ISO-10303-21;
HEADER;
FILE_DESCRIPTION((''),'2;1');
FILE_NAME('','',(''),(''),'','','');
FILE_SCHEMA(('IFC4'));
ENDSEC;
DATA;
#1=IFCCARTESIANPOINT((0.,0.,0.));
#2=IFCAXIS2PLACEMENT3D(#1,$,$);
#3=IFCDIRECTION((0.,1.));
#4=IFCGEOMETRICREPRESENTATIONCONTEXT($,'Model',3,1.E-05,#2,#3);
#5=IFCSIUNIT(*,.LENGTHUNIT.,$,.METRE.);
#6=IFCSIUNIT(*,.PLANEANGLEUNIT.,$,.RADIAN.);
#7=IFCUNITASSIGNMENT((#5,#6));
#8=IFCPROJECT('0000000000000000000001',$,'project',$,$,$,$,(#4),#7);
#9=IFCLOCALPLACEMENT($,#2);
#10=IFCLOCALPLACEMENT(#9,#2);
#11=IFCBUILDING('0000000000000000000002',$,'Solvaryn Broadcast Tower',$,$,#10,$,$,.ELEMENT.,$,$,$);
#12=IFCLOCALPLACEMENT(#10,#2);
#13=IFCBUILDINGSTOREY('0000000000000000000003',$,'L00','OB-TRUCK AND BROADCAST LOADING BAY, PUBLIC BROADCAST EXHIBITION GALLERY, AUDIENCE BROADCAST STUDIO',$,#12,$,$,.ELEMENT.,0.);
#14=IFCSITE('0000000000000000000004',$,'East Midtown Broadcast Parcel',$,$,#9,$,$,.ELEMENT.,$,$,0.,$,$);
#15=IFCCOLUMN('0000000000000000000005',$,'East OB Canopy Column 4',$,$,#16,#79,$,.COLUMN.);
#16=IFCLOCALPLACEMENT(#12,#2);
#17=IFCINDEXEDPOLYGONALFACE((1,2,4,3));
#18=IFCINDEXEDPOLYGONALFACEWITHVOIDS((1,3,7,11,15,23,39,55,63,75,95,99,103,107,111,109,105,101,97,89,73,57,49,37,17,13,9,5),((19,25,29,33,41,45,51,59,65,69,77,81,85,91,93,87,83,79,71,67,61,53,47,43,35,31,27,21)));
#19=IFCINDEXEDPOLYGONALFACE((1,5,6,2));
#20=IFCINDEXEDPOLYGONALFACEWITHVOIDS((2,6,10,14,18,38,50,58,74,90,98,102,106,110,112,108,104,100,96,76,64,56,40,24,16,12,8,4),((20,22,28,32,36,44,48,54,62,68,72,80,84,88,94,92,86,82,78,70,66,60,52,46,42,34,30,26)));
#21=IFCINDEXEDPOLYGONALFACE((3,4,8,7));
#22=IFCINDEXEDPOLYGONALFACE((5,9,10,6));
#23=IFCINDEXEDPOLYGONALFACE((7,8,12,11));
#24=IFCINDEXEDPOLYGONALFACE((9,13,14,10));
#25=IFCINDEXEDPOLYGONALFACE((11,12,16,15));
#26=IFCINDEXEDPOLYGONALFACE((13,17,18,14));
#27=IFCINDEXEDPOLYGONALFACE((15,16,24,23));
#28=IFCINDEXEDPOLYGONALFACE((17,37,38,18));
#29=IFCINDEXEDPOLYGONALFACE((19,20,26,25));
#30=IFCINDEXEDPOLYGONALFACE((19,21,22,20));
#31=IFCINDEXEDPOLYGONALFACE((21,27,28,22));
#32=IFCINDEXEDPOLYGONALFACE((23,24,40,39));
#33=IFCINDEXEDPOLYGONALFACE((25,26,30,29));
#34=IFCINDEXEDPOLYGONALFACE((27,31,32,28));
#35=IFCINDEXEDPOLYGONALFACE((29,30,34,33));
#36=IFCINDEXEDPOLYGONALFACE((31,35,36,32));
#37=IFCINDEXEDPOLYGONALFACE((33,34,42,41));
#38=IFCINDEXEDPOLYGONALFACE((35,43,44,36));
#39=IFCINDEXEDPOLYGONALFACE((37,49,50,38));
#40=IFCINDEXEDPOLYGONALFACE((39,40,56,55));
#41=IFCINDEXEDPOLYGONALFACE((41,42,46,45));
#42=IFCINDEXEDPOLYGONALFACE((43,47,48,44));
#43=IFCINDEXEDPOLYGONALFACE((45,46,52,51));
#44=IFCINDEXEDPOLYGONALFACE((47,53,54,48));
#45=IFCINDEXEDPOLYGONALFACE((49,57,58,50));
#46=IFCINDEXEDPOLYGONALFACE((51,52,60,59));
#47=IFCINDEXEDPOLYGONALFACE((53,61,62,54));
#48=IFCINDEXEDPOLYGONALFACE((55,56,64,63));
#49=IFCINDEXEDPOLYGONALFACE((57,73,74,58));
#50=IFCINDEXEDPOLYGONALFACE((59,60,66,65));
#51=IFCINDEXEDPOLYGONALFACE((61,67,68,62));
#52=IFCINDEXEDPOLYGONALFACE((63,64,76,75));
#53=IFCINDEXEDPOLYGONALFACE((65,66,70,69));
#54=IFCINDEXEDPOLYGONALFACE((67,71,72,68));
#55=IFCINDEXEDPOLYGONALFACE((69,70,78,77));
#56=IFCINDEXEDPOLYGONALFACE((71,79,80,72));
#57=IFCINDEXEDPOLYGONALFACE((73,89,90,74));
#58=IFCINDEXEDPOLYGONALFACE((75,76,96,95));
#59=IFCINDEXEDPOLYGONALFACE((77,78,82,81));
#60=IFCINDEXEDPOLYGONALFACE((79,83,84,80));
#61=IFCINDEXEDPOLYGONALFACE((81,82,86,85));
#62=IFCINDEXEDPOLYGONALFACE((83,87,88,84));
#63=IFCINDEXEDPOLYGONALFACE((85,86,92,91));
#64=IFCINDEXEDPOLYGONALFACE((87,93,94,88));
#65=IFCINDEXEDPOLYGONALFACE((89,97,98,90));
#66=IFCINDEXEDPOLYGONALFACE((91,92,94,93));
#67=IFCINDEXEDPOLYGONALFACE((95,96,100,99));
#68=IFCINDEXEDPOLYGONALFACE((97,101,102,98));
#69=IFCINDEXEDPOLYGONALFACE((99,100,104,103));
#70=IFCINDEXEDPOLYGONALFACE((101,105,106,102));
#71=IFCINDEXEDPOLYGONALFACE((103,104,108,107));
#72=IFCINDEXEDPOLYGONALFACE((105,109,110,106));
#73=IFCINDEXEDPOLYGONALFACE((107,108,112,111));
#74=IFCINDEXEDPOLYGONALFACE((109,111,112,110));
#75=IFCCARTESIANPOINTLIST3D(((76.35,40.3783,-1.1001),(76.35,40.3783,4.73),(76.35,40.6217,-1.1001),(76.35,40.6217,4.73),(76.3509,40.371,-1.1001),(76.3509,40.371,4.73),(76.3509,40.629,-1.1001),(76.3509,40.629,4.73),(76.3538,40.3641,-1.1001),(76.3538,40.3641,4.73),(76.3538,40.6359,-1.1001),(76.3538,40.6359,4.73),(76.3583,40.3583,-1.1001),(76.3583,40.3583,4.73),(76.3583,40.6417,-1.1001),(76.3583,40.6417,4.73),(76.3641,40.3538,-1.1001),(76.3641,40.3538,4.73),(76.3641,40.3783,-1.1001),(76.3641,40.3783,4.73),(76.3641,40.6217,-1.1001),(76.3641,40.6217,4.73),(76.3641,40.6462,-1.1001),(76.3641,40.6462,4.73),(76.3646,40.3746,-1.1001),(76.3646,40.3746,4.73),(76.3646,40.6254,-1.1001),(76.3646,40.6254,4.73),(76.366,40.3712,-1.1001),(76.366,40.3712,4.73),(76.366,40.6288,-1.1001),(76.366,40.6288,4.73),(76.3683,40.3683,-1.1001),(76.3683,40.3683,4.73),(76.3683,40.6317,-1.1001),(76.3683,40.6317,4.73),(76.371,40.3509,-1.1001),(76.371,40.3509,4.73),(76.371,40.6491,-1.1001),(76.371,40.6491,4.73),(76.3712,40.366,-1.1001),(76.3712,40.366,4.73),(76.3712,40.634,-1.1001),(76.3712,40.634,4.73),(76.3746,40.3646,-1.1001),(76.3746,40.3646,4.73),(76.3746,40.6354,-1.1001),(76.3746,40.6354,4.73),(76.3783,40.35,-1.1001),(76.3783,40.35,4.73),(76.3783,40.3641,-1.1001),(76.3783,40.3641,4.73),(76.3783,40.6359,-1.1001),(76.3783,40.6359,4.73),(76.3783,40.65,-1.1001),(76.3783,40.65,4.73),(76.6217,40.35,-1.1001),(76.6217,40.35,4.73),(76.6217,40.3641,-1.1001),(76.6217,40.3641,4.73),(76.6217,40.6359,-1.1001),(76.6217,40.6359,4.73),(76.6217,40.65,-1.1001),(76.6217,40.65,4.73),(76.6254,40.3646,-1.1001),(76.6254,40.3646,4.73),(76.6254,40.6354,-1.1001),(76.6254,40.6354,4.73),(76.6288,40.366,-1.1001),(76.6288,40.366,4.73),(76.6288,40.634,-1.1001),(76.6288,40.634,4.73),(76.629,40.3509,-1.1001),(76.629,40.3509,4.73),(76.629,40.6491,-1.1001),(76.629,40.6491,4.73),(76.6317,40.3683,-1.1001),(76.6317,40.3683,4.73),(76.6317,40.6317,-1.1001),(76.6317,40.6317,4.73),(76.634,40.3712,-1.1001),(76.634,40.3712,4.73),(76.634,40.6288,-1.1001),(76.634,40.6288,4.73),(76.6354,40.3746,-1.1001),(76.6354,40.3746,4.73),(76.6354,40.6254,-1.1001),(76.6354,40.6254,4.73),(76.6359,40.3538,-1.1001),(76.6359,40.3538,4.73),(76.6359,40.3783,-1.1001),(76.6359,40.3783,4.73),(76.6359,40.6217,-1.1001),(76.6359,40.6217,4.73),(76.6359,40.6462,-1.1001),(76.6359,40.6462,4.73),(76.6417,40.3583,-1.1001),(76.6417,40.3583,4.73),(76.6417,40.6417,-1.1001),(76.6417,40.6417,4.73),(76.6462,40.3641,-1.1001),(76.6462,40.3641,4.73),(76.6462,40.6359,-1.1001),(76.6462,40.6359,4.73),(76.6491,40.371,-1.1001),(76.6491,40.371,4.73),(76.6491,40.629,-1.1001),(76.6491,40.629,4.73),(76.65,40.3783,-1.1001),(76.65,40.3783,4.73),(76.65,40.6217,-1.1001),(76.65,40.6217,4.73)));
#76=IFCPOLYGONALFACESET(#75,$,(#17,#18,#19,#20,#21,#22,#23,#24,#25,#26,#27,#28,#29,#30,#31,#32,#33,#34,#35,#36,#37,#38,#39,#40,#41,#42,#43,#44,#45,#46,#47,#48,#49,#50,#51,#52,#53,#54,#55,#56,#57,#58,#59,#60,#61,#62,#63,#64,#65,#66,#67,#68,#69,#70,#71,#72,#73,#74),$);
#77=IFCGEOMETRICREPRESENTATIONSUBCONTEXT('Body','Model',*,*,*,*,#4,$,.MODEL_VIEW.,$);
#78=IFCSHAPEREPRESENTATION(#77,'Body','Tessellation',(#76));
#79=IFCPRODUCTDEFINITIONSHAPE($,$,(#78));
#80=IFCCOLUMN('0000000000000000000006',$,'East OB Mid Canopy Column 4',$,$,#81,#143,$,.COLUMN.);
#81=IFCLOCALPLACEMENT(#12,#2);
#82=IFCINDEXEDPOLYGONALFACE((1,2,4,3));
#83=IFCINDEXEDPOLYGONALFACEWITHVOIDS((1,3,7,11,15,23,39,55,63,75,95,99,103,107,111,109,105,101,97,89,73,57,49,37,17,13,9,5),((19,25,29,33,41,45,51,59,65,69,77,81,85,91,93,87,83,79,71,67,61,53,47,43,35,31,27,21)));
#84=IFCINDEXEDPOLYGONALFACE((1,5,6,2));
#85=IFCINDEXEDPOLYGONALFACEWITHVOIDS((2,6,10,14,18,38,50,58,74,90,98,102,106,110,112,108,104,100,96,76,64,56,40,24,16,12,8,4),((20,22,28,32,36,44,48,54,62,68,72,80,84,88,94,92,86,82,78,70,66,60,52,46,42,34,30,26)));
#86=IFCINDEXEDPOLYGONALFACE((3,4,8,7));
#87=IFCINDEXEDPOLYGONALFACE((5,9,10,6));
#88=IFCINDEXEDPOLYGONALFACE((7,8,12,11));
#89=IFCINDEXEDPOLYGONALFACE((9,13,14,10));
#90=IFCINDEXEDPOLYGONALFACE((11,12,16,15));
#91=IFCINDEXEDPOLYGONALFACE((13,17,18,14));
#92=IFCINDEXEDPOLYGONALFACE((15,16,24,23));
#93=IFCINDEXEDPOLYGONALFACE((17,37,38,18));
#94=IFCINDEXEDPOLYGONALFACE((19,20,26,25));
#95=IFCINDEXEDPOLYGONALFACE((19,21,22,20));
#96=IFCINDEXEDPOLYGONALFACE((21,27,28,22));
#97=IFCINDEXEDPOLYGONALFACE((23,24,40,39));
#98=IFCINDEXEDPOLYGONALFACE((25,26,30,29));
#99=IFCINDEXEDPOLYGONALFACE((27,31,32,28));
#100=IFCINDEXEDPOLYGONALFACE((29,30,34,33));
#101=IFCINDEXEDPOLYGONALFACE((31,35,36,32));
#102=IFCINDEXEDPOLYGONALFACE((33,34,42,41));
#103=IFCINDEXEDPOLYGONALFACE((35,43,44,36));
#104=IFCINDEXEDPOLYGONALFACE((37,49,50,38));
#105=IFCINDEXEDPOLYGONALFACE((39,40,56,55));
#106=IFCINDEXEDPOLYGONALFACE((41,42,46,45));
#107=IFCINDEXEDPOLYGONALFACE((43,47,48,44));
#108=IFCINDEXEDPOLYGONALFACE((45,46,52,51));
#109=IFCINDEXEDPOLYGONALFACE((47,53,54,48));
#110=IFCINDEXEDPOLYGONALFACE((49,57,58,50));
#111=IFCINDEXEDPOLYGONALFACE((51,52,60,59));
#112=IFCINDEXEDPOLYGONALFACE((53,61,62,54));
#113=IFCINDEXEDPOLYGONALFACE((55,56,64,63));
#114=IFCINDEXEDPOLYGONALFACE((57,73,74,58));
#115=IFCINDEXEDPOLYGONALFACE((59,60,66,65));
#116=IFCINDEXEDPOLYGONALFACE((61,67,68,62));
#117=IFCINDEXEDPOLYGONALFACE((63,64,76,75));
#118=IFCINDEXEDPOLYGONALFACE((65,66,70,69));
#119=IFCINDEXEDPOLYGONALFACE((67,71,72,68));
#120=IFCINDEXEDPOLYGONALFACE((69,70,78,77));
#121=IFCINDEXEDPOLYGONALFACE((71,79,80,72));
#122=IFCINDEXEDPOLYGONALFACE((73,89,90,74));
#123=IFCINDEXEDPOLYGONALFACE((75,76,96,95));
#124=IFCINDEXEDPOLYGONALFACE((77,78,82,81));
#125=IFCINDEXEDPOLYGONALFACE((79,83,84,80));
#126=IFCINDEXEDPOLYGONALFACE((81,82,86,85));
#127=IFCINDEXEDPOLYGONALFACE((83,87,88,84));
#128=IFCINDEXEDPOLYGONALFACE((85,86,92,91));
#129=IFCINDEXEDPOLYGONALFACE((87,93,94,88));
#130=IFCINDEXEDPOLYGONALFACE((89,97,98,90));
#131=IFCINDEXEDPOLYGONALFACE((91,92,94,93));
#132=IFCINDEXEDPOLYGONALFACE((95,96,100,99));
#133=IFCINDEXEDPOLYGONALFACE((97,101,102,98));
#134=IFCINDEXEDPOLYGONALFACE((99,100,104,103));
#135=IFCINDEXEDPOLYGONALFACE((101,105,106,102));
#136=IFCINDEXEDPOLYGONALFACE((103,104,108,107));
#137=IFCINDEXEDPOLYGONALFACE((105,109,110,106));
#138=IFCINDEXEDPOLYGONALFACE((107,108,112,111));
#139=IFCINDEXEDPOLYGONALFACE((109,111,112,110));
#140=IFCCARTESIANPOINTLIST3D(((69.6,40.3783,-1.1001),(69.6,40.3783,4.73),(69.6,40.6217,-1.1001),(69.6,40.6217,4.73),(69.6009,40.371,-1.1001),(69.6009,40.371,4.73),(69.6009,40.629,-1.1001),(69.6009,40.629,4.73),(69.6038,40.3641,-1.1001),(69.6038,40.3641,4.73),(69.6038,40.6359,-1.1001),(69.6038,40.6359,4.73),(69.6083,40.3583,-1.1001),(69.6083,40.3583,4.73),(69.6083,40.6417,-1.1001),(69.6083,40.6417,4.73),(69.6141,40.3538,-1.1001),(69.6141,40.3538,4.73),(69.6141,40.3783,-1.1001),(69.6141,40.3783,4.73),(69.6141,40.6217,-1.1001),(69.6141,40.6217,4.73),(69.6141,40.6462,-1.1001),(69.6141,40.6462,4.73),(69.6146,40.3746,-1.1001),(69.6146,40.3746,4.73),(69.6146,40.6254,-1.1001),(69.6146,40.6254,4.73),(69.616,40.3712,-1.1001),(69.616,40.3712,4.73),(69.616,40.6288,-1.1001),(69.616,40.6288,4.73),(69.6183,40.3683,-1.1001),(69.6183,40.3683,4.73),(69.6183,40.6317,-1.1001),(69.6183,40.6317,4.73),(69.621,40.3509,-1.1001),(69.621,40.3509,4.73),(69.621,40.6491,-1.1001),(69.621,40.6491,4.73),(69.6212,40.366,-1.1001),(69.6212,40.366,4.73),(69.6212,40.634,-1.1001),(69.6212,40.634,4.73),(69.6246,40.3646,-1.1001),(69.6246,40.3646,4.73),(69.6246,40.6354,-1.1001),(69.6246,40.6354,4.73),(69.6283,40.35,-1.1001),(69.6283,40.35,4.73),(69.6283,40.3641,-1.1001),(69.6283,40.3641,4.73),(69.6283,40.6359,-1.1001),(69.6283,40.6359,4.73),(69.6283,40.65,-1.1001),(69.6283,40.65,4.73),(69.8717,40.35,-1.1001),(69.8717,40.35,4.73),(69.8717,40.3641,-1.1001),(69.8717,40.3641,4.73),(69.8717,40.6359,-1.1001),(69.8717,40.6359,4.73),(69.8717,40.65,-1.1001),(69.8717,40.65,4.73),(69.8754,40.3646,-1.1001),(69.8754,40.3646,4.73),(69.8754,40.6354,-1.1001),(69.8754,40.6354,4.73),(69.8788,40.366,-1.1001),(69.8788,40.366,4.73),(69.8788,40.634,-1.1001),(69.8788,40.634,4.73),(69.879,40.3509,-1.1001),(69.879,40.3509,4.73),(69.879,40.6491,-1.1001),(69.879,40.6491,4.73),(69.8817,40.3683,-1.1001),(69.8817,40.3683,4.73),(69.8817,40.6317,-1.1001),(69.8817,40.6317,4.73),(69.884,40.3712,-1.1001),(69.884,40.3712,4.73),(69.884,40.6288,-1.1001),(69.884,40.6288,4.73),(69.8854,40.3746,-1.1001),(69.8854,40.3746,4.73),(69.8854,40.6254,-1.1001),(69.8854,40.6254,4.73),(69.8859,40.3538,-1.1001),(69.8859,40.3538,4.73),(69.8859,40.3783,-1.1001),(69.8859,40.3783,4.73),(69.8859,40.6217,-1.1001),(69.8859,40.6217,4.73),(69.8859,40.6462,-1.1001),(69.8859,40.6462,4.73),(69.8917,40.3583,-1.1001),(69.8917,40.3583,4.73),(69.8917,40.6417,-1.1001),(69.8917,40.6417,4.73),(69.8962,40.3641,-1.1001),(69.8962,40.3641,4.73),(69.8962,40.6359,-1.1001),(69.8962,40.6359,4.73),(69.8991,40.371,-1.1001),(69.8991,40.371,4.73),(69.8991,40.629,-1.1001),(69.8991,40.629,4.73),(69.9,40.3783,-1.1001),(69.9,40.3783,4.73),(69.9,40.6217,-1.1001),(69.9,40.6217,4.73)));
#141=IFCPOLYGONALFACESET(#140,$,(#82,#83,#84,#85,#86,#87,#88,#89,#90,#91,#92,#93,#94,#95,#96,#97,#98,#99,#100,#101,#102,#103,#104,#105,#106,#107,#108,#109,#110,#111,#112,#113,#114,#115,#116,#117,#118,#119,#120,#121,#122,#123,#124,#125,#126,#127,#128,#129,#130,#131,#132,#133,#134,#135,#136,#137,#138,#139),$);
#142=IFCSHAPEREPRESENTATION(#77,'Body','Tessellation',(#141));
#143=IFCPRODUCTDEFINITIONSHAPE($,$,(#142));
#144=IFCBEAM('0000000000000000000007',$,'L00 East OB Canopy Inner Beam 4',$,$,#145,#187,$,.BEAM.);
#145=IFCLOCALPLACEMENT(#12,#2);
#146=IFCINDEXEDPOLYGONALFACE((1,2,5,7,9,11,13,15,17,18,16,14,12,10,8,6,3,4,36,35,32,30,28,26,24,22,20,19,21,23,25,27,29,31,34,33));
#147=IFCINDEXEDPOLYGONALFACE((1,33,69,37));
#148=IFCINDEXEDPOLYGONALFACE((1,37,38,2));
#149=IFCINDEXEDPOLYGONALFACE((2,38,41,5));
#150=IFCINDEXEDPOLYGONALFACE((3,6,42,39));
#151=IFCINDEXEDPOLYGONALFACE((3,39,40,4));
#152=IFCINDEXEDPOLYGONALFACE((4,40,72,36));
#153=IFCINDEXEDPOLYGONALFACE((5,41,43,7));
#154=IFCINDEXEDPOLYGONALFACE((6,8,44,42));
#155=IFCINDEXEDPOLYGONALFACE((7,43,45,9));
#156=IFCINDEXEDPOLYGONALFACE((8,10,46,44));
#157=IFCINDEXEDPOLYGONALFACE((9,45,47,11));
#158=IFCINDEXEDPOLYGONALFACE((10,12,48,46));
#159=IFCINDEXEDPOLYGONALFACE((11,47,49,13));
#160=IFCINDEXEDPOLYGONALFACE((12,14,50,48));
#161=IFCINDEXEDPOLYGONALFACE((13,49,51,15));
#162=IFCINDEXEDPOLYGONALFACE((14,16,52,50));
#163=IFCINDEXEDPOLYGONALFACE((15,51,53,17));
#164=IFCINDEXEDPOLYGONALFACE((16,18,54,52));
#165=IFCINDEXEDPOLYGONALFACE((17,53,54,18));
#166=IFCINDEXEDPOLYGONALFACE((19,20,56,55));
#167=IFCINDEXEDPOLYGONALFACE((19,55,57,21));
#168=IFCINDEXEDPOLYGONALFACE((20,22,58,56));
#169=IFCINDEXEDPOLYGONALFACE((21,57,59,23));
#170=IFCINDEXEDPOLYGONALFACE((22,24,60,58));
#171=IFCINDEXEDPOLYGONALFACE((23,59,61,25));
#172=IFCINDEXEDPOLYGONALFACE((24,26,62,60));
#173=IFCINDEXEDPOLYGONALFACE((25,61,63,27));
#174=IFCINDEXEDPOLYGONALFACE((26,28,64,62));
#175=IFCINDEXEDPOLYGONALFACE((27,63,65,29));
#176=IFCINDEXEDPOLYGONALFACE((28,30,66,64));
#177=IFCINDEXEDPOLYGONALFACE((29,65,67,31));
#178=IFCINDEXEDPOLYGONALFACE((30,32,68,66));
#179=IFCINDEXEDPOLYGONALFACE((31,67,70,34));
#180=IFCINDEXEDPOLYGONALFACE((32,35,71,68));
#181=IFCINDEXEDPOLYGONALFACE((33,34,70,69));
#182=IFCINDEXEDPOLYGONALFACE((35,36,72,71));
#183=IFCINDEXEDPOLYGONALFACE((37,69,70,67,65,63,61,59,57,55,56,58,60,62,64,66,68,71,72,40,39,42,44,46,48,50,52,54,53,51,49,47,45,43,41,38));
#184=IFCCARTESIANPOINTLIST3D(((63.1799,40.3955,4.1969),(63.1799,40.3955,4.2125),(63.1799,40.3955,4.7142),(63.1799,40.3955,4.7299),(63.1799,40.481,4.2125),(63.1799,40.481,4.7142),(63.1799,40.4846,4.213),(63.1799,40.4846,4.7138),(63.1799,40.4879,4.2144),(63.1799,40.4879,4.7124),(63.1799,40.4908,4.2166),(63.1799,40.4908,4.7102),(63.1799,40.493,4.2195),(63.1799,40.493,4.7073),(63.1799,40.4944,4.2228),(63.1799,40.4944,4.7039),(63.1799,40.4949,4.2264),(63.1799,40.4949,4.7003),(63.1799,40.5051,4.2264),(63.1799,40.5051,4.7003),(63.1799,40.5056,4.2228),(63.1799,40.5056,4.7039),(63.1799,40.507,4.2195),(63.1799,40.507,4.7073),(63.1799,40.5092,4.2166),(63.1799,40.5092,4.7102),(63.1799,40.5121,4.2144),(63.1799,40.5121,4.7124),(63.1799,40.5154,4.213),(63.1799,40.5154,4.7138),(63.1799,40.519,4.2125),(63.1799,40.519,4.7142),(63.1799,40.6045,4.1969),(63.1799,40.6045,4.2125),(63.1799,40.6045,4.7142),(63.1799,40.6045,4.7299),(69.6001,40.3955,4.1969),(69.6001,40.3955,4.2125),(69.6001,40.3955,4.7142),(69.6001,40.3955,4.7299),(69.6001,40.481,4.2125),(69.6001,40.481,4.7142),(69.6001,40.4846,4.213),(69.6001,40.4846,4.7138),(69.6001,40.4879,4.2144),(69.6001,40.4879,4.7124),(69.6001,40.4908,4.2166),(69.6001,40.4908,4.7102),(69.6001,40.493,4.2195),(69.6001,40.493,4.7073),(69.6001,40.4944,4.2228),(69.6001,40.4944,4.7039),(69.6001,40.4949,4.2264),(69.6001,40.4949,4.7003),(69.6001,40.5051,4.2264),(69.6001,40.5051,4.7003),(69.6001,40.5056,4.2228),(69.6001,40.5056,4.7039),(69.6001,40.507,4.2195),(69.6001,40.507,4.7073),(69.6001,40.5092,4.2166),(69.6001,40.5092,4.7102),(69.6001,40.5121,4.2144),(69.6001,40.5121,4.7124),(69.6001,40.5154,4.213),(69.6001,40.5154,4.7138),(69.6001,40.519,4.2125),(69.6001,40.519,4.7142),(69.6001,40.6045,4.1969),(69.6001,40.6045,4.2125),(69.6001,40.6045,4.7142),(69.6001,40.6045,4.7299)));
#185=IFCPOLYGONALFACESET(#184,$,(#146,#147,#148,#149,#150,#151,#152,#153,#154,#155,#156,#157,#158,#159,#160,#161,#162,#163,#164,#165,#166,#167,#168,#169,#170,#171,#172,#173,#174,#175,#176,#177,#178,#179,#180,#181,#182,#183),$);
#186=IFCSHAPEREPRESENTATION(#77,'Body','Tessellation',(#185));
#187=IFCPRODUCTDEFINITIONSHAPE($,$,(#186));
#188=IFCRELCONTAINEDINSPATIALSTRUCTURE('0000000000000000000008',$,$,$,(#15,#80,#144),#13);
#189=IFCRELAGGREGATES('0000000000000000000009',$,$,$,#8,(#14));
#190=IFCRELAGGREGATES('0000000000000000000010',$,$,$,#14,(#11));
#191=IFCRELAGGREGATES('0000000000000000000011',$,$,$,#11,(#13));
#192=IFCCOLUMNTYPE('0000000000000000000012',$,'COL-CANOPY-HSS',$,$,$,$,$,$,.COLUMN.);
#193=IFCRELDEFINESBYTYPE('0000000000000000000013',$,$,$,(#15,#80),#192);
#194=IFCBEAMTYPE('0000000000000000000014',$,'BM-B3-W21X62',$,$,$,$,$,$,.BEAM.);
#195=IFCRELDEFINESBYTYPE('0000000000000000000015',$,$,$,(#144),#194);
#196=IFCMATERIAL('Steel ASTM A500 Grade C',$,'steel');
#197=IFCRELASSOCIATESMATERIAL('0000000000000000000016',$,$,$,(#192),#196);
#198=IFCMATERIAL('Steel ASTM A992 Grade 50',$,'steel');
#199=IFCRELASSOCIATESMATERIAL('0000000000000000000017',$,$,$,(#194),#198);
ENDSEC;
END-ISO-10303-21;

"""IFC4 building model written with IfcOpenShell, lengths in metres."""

from ifc_helpers import new_model, si_unit, direction, frame, origin, origin_2d, place, context, subcontext, project, spatial, hollow_rectangle, i_section, extrude, material, material_profile, profile_set, type_object, element, save


model = new_model("IFC4")

# Units and contexts
model_context = context("Model", 3, precision=1e-05, world=origin(), true_north=direction((0.0, 1.0)))
body_context = subcontext(model_context, "Body", "Model", "MODEL_VIEW")
ifc_project = project(units=[si_unit("LENGTHUNIT", "METRE"), si_unit("PLANEANGLEUNIT", "RADIAN")], contexts=[model_context])

# Site, building, storey
site_placement = place(None, origin())
site = spatial("IfcSite", under=ifc_project, at=site_placement, Name="East Midtown Broadcast Parcel", CompositionType="ELEMENT", RefElevation=0.0)
building_placement = place(site_placement, origin())
building = spatial("IfcBuilding", under=site, at=building_placement, Name="Solvaryn Broadcast Tower", CompositionType="ELEMENT")
storey_placement = place(building_placement, origin())
storey = spatial("IfcBuildingStorey", under=building, at=storey_placement, Name="L00", Description="OB-TRUCK AND BROADCAST LOADING BAY, PUBLIC BROADCAST EXHIBITION GALLERY, AUDIENCE BROADCAST STUDIO", CompositionType="ELEMENT", Elevation=0.0)

# Columns
ifc_material_1 = material(Name="Steel ASTM A500 Grade C", Category="steel")
ifc_material_profile_1 = material_profile(ifc_material_1, hollow_rectangle(XDim=0.3, YDim=0.3, WallThickness=0.0142, InnerFilletRadius=0.0142, OuterFilletRadius=0.0283, at=origin_2d()))
ifc_profile_set_1 = profile_set([ifc_material_profile_1], Name="Steel ASTM A500 Grade C")
column_type_1 = type_object("IfcColumnType", Name="COL-CANOPY-HSS", PredefinedType="COLUMN", material=ifc_profile_set_1)
for number, where, z_axis, x_axis, name in (
    (1, (76.5, 40.5, -1.1001), (0.0, 0.0, 1.0), (1.0, 0.0, 0.0), "East OB Canopy Column 4"),
    (2, (69.75, 40.5, -1.1001), (0.0, 0.0, 1.0), (1.0, 0.0, 0.0), "East OB Mid Canopy Column 4"),
):
    element("IfcColumn", number, at=place(storey_placement, frame(where, z_axis=z_axis, x_axis=x_axis)), inside=storey, type_object=column_type_1, Name=name, PredefinedType="COLUMN", context=body_context, shape_type="SweptSolid", body=[
        extrude(hollow_rectangle(XDim=0.3, YDim=0.3, WallThickness=0.0142, InnerFilletRadius=0.0142, OuterFilletRadius=0.0283, at=origin_2d()), origin(), (0.0, 0.0, 1.0), 5.8301),
    ])

# Beam
ifc_material_2 = material(Name="Steel ASTM A992 Grade 50", Category="steel")
ifc_material_profile_2 = material_profile(ifc_material_2, i_section(OverallWidth=0.209, OverallDepth=0.533, WebThickness=0.0103, FlangeThickness=0.0156, FilletRadius=0.0139, at=origin_2d()))
ifc_profile_set_2 = profile_set([ifc_material_profile_2], Name="Steel ASTM A992 Grade 50")
beam_type_1 = type_object("IfcBeamType", Name="BM-B3-W21X62", PredefinedType="BEAM", material=ifc_profile_set_2)
beam_1_placement = place(storey_placement, frame((63.1799, 40.5, 4.4634), z_axis=(1.0, 0.0, 0.0), x_axis=(0.0, 1.0, 0.0)))
element("IfcBeam", 3, at=beam_1_placement, inside=storey, type_object=beam_type_1, Name="L00 East OB Canopy Inner Beam 4", PredefinedType="BEAM", context=body_context, shape_type="SweptSolid", body=[
    extrude(i_section(OverallWidth=0.209, OverallDepth=0.533, WebThickness=0.0103, FlangeThickness=0.0156, FilletRadius=0.0139, at=origin_2d()), origin(), (0.0, 0.0, 1.0), 6.4202),
])

save(model, "model.ifc")
